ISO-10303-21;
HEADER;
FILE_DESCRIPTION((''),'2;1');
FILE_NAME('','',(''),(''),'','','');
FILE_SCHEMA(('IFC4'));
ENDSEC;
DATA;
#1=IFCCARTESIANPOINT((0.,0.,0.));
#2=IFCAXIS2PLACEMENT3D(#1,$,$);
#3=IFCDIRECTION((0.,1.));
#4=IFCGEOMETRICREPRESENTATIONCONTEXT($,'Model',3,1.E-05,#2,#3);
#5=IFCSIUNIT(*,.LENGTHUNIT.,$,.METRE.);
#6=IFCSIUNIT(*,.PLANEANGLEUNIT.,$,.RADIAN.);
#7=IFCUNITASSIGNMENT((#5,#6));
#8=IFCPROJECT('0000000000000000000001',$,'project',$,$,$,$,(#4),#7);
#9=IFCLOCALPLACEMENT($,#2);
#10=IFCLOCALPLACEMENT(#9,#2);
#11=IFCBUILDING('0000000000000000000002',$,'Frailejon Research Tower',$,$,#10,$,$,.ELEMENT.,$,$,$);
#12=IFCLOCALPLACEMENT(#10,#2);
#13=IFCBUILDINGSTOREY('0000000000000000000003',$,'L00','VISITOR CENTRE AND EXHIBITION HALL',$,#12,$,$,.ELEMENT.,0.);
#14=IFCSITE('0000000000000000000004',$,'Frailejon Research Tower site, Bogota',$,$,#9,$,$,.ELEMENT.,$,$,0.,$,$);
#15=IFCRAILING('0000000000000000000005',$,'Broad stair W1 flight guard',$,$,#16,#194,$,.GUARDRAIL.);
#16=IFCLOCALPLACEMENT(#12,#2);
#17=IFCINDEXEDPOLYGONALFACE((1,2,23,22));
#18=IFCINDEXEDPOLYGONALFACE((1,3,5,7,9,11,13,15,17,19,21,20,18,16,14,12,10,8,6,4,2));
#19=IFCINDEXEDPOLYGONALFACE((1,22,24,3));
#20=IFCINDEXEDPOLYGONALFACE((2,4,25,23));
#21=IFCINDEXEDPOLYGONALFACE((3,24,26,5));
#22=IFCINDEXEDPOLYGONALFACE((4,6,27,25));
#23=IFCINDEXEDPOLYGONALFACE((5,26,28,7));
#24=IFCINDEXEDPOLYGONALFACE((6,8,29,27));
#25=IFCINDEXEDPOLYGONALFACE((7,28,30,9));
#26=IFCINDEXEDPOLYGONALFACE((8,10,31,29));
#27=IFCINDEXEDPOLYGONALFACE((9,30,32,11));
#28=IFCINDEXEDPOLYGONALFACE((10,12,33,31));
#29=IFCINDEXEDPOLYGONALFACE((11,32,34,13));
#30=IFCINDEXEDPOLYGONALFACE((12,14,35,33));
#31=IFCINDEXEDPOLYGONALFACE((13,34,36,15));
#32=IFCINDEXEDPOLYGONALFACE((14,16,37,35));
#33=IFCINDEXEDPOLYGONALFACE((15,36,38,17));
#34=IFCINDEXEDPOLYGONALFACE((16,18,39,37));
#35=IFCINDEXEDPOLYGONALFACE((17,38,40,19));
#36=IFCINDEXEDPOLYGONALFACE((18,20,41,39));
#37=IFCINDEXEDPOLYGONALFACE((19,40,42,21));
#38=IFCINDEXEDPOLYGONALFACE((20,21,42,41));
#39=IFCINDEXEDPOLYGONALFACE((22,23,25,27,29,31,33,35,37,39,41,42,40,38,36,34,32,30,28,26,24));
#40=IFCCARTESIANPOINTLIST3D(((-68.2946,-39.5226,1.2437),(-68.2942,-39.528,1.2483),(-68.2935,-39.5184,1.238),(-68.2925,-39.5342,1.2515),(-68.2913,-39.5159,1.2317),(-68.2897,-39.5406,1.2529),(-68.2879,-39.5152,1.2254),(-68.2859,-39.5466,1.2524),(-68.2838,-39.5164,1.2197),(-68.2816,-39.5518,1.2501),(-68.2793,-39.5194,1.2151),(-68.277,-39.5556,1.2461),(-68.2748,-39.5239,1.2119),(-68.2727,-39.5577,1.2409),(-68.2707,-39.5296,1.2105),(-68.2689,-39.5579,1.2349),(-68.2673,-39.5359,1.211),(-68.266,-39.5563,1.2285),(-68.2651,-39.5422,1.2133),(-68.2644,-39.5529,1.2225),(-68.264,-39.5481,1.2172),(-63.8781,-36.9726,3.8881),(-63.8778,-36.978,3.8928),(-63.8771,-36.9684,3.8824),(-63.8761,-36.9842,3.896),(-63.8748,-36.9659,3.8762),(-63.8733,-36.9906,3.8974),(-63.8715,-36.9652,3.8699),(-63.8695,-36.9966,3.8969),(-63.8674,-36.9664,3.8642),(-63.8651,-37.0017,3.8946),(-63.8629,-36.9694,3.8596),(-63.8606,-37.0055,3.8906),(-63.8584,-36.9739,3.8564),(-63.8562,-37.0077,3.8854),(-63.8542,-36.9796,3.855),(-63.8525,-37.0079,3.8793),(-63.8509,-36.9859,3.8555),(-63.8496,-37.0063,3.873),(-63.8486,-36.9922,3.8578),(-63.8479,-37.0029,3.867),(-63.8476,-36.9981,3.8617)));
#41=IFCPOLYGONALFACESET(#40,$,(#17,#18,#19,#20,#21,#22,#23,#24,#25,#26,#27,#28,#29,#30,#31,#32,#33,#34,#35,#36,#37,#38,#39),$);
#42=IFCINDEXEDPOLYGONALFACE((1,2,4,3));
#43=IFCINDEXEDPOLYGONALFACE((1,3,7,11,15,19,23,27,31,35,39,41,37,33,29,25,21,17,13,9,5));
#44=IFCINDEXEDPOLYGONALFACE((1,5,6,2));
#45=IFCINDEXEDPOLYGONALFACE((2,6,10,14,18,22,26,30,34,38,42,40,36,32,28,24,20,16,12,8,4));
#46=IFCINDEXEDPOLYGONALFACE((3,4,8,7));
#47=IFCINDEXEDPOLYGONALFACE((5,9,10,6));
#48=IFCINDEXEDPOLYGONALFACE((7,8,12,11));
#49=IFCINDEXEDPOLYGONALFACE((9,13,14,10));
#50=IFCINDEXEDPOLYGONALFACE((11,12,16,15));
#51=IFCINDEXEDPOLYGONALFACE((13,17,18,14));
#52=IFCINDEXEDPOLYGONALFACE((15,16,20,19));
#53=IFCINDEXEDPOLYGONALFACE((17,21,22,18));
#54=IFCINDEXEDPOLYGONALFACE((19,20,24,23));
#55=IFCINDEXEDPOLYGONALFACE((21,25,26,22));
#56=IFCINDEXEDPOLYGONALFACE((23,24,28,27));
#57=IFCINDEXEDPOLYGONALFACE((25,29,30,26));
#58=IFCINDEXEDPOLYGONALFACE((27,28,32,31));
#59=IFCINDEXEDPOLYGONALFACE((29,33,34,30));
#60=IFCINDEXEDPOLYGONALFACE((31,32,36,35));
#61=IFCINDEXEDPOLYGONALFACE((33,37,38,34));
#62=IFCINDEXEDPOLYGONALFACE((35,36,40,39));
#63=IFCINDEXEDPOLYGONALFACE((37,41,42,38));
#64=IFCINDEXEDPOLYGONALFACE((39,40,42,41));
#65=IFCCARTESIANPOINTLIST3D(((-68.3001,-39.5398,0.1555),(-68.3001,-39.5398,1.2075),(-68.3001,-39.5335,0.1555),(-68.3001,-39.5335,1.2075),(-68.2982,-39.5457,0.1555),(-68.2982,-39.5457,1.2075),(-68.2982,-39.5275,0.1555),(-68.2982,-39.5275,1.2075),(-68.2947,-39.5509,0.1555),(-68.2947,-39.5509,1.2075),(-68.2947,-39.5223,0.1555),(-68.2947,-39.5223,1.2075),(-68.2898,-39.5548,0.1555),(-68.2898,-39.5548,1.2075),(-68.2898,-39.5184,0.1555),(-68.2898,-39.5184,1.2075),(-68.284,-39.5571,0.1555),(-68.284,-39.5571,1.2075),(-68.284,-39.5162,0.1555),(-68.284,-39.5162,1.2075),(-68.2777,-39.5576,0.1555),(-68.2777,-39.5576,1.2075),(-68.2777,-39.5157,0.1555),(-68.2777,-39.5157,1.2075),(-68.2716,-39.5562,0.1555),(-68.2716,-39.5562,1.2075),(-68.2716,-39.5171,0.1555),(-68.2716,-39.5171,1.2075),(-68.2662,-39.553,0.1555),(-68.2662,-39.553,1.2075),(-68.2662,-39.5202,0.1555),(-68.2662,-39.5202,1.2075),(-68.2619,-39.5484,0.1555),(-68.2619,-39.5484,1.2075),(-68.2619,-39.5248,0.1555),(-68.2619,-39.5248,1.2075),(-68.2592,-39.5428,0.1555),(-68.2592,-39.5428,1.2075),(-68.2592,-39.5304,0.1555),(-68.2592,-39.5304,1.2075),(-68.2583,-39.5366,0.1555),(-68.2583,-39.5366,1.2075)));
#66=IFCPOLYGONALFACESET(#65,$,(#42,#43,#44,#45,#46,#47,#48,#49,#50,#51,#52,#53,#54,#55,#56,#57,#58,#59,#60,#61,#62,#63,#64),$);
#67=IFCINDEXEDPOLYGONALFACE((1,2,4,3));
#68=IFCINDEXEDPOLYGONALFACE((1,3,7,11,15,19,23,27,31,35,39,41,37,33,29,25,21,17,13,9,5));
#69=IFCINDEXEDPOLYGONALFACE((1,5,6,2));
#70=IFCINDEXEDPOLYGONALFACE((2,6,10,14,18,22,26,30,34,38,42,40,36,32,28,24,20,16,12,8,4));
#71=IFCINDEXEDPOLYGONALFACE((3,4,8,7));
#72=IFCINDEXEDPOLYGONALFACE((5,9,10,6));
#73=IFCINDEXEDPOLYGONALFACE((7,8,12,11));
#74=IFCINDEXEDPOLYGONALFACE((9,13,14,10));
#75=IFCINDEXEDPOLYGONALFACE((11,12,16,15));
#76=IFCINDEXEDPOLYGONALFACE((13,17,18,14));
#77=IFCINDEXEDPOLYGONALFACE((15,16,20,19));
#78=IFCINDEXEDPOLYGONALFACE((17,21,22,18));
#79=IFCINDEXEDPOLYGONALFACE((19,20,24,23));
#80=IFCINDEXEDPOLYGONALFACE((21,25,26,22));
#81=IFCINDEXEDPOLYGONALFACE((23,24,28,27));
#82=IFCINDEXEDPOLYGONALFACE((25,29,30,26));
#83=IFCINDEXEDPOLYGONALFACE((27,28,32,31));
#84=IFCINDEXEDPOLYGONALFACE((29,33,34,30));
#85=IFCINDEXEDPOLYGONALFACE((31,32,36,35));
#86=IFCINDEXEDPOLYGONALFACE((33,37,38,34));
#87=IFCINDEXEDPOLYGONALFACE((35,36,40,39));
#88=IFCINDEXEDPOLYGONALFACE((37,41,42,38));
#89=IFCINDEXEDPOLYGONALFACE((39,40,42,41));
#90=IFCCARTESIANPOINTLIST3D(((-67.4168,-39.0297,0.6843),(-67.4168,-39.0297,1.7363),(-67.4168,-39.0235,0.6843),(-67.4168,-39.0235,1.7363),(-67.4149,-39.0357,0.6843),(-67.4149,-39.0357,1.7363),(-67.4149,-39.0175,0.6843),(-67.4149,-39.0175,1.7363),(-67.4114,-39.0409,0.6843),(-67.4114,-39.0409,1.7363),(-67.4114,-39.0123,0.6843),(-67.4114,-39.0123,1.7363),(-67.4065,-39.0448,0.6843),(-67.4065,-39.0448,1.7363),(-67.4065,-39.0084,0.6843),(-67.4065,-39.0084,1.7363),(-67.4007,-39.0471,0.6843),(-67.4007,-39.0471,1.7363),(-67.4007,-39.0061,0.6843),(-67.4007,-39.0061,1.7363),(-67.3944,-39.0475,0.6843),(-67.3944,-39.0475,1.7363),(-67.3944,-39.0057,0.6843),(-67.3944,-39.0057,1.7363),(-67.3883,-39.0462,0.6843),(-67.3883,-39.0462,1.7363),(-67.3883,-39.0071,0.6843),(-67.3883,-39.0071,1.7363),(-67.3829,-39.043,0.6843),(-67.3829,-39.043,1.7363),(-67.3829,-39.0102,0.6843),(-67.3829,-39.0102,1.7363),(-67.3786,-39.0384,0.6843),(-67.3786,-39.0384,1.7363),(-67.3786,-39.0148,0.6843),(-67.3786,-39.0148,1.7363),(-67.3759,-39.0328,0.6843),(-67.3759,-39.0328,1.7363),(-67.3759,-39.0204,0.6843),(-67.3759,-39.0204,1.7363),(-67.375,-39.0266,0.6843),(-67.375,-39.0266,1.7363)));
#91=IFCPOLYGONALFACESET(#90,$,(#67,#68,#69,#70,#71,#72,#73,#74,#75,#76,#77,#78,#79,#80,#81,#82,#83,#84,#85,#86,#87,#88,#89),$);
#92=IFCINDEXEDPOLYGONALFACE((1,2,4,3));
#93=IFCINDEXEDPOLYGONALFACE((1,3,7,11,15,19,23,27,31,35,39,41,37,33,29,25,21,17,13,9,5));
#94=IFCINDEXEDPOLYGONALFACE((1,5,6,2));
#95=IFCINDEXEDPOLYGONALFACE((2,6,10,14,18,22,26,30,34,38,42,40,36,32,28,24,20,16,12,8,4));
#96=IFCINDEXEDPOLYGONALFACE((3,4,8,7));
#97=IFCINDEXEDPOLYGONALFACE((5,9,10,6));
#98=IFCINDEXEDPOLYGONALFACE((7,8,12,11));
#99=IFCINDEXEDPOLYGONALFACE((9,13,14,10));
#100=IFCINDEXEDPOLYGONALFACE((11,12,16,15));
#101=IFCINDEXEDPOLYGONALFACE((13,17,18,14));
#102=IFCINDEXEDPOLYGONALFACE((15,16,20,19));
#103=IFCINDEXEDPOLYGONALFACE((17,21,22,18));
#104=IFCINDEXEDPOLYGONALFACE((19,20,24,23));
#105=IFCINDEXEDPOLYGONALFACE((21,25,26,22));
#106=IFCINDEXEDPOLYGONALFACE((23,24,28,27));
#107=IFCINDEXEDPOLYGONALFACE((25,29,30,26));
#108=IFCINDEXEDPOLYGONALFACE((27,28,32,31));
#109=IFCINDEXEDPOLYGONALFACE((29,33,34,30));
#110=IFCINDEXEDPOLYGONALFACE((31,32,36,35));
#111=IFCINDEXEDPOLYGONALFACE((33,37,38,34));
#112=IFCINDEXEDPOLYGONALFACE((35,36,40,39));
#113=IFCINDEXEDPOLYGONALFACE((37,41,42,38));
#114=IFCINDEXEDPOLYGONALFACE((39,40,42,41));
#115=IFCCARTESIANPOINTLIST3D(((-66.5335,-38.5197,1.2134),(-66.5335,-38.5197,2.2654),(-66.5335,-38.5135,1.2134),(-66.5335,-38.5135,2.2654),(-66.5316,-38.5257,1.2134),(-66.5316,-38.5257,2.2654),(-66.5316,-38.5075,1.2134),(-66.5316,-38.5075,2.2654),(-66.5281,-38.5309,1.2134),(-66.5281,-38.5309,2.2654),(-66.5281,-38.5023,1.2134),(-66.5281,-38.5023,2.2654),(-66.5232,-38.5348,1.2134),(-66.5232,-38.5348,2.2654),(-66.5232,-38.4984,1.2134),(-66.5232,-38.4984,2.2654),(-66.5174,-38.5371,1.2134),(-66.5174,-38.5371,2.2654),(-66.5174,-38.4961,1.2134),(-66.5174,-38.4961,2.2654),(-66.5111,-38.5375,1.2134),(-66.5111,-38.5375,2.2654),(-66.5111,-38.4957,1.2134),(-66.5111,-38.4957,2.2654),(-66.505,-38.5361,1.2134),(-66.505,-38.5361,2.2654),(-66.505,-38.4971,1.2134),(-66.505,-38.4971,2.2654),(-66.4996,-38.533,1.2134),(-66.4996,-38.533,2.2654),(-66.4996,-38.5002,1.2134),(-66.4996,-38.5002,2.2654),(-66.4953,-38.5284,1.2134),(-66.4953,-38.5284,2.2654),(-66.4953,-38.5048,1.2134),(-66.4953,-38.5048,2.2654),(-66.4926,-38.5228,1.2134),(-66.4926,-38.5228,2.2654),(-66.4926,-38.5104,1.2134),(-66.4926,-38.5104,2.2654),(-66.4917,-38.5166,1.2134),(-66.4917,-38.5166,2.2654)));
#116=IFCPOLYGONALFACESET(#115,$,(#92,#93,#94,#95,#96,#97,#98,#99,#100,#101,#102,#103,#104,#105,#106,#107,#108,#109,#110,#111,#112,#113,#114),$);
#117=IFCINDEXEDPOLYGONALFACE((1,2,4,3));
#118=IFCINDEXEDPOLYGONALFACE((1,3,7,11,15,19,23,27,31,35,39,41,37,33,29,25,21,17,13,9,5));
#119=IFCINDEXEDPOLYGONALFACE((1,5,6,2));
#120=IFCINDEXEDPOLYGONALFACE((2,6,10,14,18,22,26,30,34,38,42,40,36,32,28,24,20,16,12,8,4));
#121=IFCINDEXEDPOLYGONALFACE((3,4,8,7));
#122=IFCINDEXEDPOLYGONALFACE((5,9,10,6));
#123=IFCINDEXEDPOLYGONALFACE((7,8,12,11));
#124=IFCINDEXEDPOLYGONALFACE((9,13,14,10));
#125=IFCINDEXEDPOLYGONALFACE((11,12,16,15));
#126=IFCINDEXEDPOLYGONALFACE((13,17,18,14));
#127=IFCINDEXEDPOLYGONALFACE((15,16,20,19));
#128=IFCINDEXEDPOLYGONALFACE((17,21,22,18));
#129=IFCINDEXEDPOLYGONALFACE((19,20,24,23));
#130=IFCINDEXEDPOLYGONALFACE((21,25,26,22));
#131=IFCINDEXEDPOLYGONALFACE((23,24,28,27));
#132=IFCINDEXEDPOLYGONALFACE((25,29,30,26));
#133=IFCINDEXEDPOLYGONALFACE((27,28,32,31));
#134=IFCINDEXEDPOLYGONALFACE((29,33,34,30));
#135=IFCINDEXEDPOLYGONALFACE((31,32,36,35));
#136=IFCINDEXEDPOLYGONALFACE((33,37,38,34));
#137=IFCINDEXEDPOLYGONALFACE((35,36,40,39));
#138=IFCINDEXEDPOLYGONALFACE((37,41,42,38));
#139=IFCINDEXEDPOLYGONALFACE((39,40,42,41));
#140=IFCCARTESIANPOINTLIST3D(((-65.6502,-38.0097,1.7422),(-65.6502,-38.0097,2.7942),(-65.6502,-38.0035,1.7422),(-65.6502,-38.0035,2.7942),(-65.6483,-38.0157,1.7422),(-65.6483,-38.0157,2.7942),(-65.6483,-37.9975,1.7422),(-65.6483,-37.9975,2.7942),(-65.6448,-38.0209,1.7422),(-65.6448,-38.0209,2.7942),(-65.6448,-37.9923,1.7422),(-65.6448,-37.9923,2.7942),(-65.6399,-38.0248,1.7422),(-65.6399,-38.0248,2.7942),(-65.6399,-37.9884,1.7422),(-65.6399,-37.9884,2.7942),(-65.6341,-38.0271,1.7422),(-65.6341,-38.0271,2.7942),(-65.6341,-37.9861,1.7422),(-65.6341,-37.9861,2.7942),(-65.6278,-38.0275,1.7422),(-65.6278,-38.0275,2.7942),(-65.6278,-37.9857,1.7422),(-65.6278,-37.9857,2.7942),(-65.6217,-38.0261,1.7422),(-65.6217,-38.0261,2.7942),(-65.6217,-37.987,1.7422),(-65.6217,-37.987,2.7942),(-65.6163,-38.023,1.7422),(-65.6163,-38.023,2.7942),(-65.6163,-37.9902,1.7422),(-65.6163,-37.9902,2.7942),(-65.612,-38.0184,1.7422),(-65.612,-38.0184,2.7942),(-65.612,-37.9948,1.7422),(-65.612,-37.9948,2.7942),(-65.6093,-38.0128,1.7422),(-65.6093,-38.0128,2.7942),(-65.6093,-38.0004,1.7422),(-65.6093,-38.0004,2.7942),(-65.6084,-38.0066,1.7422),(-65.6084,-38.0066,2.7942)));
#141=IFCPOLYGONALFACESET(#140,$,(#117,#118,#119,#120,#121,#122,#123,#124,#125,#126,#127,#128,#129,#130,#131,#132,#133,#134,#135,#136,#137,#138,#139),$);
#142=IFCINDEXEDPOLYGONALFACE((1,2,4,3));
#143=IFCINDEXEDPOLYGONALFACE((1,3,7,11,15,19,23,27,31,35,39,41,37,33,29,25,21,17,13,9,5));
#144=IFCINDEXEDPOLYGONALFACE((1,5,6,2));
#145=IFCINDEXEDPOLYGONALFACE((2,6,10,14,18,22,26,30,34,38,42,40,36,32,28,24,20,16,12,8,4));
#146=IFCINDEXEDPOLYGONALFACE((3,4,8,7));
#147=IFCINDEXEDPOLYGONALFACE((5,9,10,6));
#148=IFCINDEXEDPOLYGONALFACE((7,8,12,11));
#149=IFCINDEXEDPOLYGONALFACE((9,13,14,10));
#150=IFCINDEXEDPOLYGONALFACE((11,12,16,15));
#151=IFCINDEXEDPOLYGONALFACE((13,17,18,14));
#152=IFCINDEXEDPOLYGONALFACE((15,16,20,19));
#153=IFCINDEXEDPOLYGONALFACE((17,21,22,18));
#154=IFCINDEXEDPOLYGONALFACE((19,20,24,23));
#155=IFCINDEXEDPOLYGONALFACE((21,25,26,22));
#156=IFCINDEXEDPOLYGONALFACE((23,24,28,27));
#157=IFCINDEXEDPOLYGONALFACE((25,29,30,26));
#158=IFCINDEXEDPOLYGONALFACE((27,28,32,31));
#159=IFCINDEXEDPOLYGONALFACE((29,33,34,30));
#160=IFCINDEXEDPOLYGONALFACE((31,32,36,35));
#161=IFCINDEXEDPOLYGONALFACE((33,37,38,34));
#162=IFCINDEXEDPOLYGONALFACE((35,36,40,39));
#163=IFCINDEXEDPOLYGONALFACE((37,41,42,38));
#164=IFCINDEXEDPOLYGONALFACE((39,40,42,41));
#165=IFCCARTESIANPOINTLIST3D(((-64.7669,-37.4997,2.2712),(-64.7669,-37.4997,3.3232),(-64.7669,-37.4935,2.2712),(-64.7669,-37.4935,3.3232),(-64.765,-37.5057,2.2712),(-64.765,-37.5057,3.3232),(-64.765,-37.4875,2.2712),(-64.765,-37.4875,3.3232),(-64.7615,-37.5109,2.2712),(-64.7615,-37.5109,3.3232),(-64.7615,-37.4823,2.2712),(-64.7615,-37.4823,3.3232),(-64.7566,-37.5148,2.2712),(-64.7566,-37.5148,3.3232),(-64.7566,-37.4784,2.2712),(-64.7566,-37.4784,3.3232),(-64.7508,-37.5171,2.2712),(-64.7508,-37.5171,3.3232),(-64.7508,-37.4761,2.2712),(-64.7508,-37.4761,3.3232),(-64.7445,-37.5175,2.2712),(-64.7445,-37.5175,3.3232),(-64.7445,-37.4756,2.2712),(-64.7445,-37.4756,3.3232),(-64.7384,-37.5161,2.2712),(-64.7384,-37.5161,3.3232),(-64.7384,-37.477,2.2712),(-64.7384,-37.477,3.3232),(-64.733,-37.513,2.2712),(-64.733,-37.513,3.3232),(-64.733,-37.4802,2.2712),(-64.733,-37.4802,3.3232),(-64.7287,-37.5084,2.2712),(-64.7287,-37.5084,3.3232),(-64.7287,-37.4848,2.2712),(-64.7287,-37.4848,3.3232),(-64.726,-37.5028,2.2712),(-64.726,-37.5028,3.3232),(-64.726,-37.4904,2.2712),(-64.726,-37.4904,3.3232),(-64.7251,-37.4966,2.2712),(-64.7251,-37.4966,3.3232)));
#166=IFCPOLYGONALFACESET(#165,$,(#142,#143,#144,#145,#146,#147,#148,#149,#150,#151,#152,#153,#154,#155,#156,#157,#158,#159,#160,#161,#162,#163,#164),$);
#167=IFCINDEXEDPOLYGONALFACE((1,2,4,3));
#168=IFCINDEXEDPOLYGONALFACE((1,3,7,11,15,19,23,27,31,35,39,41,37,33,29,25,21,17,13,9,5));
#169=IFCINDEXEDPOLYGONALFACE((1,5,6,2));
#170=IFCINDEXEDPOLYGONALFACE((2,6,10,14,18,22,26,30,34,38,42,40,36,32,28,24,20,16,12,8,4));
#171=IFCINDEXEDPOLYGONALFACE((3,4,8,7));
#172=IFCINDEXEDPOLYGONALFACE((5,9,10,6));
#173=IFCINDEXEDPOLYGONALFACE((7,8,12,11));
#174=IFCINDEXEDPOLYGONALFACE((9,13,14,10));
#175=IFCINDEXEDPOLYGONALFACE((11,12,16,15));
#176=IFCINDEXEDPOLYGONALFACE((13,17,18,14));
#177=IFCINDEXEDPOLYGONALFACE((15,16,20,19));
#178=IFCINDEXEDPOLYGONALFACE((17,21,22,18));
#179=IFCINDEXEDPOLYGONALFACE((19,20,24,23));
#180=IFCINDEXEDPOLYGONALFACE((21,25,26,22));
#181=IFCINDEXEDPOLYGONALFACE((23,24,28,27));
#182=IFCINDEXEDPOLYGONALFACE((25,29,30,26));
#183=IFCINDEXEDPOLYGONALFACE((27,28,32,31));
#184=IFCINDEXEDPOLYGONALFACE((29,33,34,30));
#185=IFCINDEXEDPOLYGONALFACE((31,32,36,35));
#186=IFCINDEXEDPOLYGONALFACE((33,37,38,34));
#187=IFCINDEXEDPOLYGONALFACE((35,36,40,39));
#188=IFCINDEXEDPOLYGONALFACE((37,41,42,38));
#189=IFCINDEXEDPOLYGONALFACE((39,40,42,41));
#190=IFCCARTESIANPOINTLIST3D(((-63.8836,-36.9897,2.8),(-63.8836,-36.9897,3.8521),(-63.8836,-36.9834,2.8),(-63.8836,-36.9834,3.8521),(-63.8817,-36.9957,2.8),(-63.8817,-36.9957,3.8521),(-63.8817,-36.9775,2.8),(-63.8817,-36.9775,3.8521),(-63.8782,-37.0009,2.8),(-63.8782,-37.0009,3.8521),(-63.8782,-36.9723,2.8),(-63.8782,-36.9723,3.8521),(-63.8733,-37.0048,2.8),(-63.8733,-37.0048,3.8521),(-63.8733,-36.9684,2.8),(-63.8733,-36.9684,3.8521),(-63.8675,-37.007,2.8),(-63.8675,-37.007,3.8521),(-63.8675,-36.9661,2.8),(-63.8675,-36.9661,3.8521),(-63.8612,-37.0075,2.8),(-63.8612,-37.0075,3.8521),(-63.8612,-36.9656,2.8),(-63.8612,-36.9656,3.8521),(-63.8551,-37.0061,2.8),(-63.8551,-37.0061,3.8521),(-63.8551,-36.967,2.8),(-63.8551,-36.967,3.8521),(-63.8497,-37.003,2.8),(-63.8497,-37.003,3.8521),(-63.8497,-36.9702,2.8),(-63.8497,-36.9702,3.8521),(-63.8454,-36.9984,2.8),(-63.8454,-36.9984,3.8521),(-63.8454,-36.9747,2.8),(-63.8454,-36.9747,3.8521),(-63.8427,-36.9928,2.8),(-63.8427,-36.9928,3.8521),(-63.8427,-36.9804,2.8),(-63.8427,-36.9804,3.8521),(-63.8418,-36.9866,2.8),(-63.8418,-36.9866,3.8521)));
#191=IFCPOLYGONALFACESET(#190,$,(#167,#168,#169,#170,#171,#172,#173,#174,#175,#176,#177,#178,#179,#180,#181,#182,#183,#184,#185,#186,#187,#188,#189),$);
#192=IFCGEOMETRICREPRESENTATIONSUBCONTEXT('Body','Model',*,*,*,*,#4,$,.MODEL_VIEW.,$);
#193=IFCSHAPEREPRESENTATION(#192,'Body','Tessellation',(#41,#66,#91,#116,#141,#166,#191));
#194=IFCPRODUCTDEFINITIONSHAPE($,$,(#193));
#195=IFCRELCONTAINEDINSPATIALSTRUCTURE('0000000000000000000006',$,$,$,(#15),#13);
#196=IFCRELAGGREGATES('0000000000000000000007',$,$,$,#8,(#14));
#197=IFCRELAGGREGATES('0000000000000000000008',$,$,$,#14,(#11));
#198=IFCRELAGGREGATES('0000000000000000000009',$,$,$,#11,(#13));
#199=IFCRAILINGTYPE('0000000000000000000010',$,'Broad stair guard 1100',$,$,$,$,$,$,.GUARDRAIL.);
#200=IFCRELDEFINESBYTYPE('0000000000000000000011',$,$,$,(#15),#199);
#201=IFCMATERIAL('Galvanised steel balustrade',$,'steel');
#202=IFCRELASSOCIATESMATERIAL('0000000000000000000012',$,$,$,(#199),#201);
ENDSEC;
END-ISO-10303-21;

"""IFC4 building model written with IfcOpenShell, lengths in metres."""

from ifc_helpers import new_model, si_unit, direction, frame, origin, origin_2d, place, context, subcontext, project, spatial, circle, extrude, material, type_object, element, save


model = new_model("IFC4")

# Units and contexts
model_context = context("Model", 3, precision=1e-05, world=origin(), true_north=direction((0.0, 1.0)))
body_context = subcontext(model_context, "Body", "Model", "MODEL_VIEW")
ifc_project = project(units=[si_unit("LENGTHUNIT", "METRE"), si_unit("PLANEANGLEUNIT", "RADIAN")], contexts=[model_context])

# Site, building, storey
site_placement = place(None, origin())
site = spatial("IfcSite", under=ifc_project, at=site_placement, Name="Frailejon Research Tower site, Bogota", CompositionType="ELEMENT", RefElevation=0.0)
building_placement = place(site_placement, origin())
building = spatial("IfcBuilding", under=site, at=building_placement, Name="Frailejon Research Tower", CompositionType="ELEMENT")
storey_placement = place(building_placement, origin())
storey = spatial("IfcBuildingStorey", under=building, at=storey_placement, Name="L00", Description="VISITOR CENTRE AND EXHIBITION HALL", CompositionType="ELEMENT", Elevation=0.0)

# Railing
ifc_material_1 = material(Name="Galvanised steel balustrade", Category="steel")
railing_type_1 = type_object("IfcRailingType", Name="Broad stair guard 1100", PredefinedType="GUARDRAIL", material=ifc_material_1)
for number, where, name in (
    (1, (-68.2793, -39.5366, 0.1555), "Broad stair W1 flight guard"),
):
    element("IfcRailing", number, at=place(storey_placement, frame(where)), inside=storey, type_object=railing_type_1, Name=name, PredefinedType="GUARDRAIL", context=body_context, shape_type="SweptSolid", body=[
        extrude(circle(Radius=0.0239, at=origin_2d()), frame((0.0, 0.0, 1.0762), z_axis=(0.768794, 0.443894, 0.460341), x_axis=(-0.500026, 0.86601, 0.0)), (0.0, 0.0, 1.0), 5.7446),
        extrude(circle(Radius=0.021, at=origin_2d()), origin(), (0.0, 0.0, 1.0), 1.052),
        extrude(circle(Radius=0.021, at=origin_2d()), frame((0.8833, 0.51, 0.5288)), (0.0, 0.0, 1.0), 1.052),
        extrude(circle(Radius=0.021, at=origin_2d()), frame((1.7666, 1.02, 1.0579)), (0.0, 0.0, 1.0), 1.052),
        extrude(circle(Radius=0.021, at=origin_2d()), frame((2.6499, 1.53, 1.5867)), (0.0, 0.0, 1.0), 1.052),
        extrude(circle(Radius=0.021, at=origin_2d()), frame((3.5332, 2.04, 2.1157)), (0.0, 0.0, 1.0), 1.052),
        extrude(circle(Radius=0.021, at=origin_2d()), frame((4.4165, 2.55, 2.6445)), (0.0, 0.0, 1.0), 1.052),
    ])

save(model, "model.ifc")
